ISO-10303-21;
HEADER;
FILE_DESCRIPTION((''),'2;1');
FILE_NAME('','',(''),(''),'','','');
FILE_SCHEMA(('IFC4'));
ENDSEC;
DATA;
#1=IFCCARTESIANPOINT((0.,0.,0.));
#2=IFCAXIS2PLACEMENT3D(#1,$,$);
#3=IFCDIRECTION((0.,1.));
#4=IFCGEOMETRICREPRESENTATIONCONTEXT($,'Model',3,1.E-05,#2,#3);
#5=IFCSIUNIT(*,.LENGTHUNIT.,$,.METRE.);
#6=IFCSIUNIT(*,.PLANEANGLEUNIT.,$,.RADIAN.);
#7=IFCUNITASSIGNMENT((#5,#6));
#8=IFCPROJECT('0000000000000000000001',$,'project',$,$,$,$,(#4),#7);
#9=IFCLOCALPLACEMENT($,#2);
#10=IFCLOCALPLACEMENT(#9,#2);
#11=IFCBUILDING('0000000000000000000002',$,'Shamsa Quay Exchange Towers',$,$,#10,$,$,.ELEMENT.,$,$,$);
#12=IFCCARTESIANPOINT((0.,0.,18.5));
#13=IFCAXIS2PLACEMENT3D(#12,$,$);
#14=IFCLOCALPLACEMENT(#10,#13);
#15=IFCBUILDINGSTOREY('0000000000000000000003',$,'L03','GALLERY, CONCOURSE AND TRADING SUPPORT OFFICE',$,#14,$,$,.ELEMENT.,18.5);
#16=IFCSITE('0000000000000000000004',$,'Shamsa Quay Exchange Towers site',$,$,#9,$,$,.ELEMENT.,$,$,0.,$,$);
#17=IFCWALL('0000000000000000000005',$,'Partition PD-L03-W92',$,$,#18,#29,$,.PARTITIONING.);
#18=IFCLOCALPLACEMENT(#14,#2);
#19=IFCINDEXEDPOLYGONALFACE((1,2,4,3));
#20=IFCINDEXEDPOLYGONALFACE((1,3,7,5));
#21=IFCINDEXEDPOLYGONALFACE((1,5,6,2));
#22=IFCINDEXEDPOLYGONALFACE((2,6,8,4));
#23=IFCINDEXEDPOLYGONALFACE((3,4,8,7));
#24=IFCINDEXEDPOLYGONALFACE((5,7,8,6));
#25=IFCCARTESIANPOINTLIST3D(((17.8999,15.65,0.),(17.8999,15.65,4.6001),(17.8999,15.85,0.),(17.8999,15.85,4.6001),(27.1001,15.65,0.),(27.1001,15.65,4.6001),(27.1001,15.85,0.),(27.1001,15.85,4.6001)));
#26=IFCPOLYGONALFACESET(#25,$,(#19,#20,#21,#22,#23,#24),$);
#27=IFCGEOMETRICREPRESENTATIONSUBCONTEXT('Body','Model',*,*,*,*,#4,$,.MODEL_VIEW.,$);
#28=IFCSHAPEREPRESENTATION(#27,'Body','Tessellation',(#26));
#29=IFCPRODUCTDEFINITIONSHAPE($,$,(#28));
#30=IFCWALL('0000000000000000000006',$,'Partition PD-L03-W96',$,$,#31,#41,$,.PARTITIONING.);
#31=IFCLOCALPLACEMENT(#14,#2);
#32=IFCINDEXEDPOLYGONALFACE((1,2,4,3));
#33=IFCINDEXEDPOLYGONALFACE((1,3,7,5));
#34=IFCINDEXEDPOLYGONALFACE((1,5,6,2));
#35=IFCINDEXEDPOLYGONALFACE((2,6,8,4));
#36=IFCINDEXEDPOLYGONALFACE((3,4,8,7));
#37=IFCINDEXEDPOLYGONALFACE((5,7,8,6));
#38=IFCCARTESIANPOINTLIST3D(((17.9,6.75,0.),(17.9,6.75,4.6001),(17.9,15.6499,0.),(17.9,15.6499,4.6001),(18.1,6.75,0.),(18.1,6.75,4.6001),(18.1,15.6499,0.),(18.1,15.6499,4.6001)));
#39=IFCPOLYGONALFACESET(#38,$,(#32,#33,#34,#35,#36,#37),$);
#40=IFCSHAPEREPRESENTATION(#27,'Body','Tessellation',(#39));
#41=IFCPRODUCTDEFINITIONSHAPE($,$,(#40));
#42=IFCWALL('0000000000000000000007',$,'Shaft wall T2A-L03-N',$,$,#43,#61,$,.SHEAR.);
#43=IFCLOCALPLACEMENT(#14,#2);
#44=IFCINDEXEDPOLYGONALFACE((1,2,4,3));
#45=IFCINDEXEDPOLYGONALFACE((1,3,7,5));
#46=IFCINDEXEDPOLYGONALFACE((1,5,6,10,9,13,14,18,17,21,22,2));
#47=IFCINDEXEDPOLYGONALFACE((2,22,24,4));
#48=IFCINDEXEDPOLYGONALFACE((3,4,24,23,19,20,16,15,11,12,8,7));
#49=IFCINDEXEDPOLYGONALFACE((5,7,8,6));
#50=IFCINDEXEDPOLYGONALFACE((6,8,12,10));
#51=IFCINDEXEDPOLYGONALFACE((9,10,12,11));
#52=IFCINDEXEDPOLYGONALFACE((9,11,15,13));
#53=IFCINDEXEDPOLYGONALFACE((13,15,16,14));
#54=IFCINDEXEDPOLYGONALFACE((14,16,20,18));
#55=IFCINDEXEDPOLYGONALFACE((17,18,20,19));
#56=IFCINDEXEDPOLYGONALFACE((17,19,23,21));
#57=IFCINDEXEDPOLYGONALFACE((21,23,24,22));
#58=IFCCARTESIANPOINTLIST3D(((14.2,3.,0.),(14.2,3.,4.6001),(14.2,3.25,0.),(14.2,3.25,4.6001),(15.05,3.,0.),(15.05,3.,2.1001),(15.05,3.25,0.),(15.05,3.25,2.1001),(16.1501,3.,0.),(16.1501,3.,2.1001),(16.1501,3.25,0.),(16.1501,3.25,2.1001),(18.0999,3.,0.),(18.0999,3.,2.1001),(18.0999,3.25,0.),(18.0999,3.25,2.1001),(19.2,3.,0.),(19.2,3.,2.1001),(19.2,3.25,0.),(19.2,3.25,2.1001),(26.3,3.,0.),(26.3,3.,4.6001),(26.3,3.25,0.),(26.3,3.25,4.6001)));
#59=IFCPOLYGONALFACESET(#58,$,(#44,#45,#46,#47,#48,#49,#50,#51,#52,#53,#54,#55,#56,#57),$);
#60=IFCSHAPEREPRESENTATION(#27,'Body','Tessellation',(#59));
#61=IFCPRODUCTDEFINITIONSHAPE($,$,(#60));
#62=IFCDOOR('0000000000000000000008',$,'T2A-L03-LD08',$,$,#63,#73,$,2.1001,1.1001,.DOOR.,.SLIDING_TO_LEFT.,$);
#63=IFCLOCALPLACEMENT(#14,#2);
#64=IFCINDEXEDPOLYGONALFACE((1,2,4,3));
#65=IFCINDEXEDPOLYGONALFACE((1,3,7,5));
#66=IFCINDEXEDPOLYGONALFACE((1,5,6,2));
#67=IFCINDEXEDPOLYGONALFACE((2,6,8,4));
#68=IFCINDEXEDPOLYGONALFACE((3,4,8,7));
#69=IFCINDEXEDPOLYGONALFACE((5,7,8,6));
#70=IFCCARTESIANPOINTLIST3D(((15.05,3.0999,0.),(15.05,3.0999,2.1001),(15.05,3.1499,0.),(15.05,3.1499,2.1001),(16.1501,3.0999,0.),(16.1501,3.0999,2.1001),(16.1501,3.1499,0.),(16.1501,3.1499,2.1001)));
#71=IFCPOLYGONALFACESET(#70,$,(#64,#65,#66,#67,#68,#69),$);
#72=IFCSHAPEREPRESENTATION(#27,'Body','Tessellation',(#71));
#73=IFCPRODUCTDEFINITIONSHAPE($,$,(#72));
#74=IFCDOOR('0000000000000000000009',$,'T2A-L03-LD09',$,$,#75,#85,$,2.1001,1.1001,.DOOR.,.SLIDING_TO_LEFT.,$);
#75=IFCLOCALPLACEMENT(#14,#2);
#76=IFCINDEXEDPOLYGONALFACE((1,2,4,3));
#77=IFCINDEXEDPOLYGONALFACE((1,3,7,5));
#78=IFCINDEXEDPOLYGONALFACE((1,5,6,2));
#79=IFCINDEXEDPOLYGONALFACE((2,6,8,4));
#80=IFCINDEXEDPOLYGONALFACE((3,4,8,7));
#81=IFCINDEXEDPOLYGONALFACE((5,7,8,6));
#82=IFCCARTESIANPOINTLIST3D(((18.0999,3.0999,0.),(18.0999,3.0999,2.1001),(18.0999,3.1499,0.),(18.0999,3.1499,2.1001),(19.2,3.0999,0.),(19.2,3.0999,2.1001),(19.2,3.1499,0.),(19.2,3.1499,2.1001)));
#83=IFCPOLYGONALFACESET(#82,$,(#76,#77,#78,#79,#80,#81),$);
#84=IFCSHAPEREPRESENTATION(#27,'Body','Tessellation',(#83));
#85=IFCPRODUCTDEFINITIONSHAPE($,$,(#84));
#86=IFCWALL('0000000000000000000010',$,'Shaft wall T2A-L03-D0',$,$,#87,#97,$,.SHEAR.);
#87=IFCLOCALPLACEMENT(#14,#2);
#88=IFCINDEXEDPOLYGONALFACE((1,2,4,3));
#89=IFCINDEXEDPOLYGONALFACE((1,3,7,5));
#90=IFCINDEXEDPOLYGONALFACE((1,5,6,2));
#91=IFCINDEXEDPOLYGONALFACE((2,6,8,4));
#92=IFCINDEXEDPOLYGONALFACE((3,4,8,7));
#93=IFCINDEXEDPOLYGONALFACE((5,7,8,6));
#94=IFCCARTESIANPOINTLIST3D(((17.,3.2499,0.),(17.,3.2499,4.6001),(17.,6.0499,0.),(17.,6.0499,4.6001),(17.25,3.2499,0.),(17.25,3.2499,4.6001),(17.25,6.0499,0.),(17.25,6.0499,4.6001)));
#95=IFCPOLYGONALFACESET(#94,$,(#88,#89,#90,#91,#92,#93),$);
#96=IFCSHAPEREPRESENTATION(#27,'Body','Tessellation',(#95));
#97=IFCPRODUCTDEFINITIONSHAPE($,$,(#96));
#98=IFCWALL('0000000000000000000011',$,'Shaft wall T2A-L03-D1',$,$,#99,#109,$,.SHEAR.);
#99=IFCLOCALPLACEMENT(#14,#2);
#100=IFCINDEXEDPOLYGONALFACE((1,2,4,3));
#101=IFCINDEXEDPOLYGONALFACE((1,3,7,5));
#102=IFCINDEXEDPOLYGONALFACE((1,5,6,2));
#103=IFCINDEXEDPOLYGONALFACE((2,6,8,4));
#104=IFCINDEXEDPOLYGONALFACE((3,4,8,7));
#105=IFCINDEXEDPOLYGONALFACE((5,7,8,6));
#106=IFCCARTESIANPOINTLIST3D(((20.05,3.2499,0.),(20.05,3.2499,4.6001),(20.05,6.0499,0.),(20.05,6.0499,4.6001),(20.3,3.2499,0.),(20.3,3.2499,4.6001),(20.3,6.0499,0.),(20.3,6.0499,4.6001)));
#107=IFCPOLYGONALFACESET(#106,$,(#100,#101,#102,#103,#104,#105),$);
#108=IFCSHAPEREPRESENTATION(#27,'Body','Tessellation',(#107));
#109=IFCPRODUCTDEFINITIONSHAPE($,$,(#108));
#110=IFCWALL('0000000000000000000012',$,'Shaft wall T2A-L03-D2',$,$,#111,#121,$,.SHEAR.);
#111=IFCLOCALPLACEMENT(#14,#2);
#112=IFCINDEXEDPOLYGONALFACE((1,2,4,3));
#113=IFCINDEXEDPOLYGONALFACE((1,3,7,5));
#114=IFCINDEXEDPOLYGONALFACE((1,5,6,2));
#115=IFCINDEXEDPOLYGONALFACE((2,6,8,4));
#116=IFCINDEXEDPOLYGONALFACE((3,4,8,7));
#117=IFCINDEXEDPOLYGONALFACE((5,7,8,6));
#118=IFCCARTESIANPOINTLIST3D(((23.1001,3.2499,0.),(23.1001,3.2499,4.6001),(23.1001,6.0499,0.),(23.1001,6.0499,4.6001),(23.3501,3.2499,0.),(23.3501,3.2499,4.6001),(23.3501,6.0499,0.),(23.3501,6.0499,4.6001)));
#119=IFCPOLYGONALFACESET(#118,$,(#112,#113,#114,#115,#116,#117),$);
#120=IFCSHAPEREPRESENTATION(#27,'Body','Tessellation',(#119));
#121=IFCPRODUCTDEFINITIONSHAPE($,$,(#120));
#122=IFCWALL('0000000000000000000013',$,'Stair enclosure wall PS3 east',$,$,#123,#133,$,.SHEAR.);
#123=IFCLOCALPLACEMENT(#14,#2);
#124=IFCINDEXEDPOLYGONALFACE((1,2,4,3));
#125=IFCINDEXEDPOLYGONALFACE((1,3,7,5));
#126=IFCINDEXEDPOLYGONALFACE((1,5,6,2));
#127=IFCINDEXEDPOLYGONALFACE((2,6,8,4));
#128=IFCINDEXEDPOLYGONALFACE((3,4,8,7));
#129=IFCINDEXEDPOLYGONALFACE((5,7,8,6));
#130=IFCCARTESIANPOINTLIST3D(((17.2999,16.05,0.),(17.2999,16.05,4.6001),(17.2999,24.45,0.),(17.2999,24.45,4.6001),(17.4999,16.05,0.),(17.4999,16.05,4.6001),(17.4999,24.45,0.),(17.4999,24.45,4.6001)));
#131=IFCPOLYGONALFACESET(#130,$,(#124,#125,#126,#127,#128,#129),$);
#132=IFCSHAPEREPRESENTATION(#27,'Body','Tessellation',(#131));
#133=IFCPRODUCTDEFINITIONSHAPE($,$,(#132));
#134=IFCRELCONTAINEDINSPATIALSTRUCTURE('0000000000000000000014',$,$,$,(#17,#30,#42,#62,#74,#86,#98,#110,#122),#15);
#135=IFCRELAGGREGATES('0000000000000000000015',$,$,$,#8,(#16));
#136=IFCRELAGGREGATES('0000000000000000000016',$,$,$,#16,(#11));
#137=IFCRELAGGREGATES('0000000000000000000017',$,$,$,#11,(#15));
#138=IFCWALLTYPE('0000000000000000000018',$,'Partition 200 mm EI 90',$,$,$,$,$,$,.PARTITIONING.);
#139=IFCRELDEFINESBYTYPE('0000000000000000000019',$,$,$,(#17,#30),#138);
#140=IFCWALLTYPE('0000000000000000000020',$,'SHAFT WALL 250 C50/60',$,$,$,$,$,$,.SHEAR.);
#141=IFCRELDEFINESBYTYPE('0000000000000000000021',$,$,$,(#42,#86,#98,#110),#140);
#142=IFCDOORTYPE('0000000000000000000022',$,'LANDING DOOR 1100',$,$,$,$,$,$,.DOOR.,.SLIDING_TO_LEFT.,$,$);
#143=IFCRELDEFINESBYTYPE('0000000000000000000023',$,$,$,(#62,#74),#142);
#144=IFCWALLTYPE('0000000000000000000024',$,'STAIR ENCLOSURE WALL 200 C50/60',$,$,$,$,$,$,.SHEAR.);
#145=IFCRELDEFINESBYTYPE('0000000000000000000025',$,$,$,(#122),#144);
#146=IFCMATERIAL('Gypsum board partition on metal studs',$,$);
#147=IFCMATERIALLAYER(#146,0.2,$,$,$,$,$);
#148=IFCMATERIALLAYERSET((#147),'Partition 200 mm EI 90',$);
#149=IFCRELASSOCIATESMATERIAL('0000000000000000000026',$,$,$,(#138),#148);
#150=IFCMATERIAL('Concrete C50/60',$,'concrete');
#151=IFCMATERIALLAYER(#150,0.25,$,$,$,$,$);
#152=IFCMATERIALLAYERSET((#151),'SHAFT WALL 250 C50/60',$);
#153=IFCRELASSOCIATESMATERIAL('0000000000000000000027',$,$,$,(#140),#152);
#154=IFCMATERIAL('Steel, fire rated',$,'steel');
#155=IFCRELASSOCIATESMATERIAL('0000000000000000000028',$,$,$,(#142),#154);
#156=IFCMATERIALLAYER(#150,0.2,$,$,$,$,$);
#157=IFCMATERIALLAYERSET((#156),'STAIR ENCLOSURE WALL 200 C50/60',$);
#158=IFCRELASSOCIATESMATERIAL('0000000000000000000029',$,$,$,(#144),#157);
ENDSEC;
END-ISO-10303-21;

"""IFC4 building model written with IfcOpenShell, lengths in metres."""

from ifc_helpers import new_model, si_unit, direction, frame, frame_2d, origin, place, context, subcontext, project, spatial, rectangle, extrude, material, layer, layer_set, type_object, element, fill, save


model = new_model("IFC4")

# Units and contexts
model_context = context("Model", 3, precision=1e-05, world=origin(), true_north=direction((0.0, 1.0)))
body_context = subcontext(model_context, "Body", "Model", "MODEL_VIEW")
ifc_project = project(units=[si_unit("LENGTHUNIT", "METRE"), si_unit("PLANEANGLEUNIT", "RADIAN")], contexts=[model_context])

# Site, building, storey
site_placement = place(None, origin())
site = spatial("IfcSite", under=ifc_project, at=site_placement, Name="Shamsa Quay Exchange Towers site", CompositionType="ELEMENT", RefElevation=0.0)
building_placement = place(site_placement, origin())
building = spatial("IfcBuilding", under=site, at=building_placement, Name="Shamsa Quay Exchange Towers", CompositionType="ELEMENT")
storey_placement = place(building_placement, frame((0.0, 0.0, 18.5)))
storey = spatial("IfcBuildingStorey", under=building, at=storey_placement, Name="L03", Description="GALLERY, CONCOURSE AND TRADING SUPPORT OFFICE", CompositionType="ELEMENT", Elevation=18.5)

# Shared definitions
ifc_material_1 = material(Name="Steel, fire rated", Category="steel")

# Shared definitions
ifc_material_2 = material(Name="Gypsum board partition on metal studs")

# Shared definitions
ifc_layer_1 = layer(ifc_material_2, 0.2)
ifc_layer_set_1 = layer_set([ifc_layer_1], Name="Partition 200 mm EI 90")
wall_type_1 = type_object("IfcWallType", Name="Partition 200 mm EI 90", PredefinedType="PARTITIONING", material=ifc_layer_set_1)

# Walls
wall_1_placement = place(storey_placement, frame((17.8999, 15.75, 0.0)))
element("IfcWall", 1, at=wall_1_placement, inside=storey, type_object=wall_type_1, Name="Partition PD-L03-W92", PredefinedType="PARTITIONING", context=body_context, shape_type="SweptSolid", body=[
    extrude(rectangle(XDim=9.2002, YDim=0.2, at=frame_2d((4.6001, 0.0))), origin(), (0.0, 0.0, 1.0), 4.6001),
])
wall_2_placement = place(storey_placement, frame((18.0, 15.6499, 0.0), z_axis=(0.0, 0.0, 1.0), x_axis=(0.0, -1.0, 0.0)))
element("IfcWall", 2, at=wall_2_placement, inside=storey, type_object=wall_type_1, Name="Partition PD-L03-W96", PredefinedType="PARTITIONING", context=body_context, shape_type="SweptSolid", body=[
    extrude(rectangle(XDim=8.8999, YDim=0.2, at=frame_2d((4.45, 0.0))), origin(), (0.0, 0.0, 1.0), 4.6001),
])

# Wall, openings, doors
ifc_material_3 = material(Name="Concrete C50/60", Category="concrete")
ifc_layer_2 = layer(ifc_material_3, 0.25)
ifc_layer_set_2 = layer_set([ifc_layer_2], Name="SHAFT WALL 250 C50/60")
wall_type_2 = type_object("IfcWallType", Name="SHAFT WALL 250 C50/60", PredefinedType="SHEAR", material=ifc_layer_set_2)
wall_3_placement = place(storey_placement, frame((14.2, 3.125, 0.0)))
wall_3 = element("IfcWall", 3, at=wall_3_placement, inside=storey, type_object=wall_type_2, Name="Shaft wall T2A-L03-N", PredefinedType="SHEAR", context=body_context, shape_type="SweptSolid", body=[
    extrude(rectangle(XDim=12.1001, YDim=0.25, at=frame_2d((6.05, 0.0))), origin(), (0.0, 0.0, 1.0), 4.6001),
])
opening_1_placement = place(wall_3_placement, frame((0.8501, 0.0, 0.0)))
opening_1 = element("IfcOpeningElement", 4, at=opening_1_placement, cuts=wall_3, PredefinedType="OPENING", context=body_context, shape_type="SweptSolid", body=[
    extrude(rectangle(XDim=1.1001, YDim=2.1001, at=frame_2d((0.55, 1.05))), frame((0.0, 0.135, 0.0), z_axis=(0.0, -1.0, 0.0), x_axis=(1.0, 0.0, 0.0)), (0.0, 0.0, 1.0), 0.27),
])
opening_2_placement = place(wall_3_placement, frame((3.8999, 0.0, 0.0)))
opening_2 = element("IfcOpeningElement", 5, at=opening_2_placement, cuts=wall_3, PredefinedType="OPENING", context=body_context, shape_type="SweptSolid", body=[
    extrude(rectangle(XDim=1.1001, YDim=2.1001, at=frame_2d((0.55, 1.05))), frame((0.0, 0.135, 0.0), z_axis=(0.0, -1.0, 0.0), x_axis=(1.0, 0.0, 0.0)), (0.0, 0.0, 1.0), 0.27),
])
door_type_1 = type_object("IfcDoorType", Name="LANDING DOOR 1100", OperationType="SLIDING_TO_LEFT", PredefinedType="DOOR", material=ifc_material_1)
door_1_placement = place(opening_1_placement, origin())
door_1 = element("IfcDoor", 6, at=door_1_placement, inside=storey, type_object=door_type_1, Name="T2A-L03-LD08", OperationType="SLIDING_TO_LEFT", OverallHeight=2.1001, OverallWidth=1.1001, PredefinedType="DOOR", context=body_context, shape_type="SweptSolid", body=[
    extrude(rectangle(XDim=1.1001, YDim=2.1001, at=frame_2d((0.55, 1.05))), frame((0.0, 0.0249, 0.0), z_axis=(0.0, -1.0, 0.0), x_axis=(1.0, 0.0, 0.0)), (0.0, 0.0, 1.0), 0.05),
])
fill(opening_1, door_1)
door_2_placement = place(opening_2_placement, origin())
door_2 = element("IfcDoor", 7, at=door_2_placement, inside=storey, type_object=door_type_1, Name="T2A-L03-LD09", OperationType="SLIDING_TO_LEFT", OverallHeight=2.1001, OverallWidth=1.1001, PredefinedType="DOOR", context=body_context, shape_type="SweptSolid", body=[
    extrude(rectangle(XDim=1.1001, YDim=2.1001, at=frame_2d((0.55, 1.05))), frame((0.0, 0.0249, 0.0), z_axis=(0.0, -1.0, 0.0), x_axis=(1.0, 0.0, 0.0)), (0.0, 0.0, 1.0), 0.05),
])
fill(opening_2, door_2)

# Walls
for number, where, z_axis, x_axis, name in (
    (8, (17.125, 3.25, 0.0), (0.0, 0.0, 1.0), (0.0, 1.0, 0.0), "Shaft wall T2A-L03-D0"),
    (9, (20.175, 3.25, 0.0), (0.0, 0.0, 1.0), (0.0, 1.0, 0.0), "Shaft wall T2A-L03-D1"),
    (10, (23.2251, 3.25, 0.0), (0.0, 0.0, 1.0), (0.0, 1.0, 0.0), "Shaft wall T2A-L03-D2"),
):
    element("IfcWall", number, at=place(storey_placement, frame(where, z_axis=z_axis, x_axis=x_axis)), inside=storey, type_object=wall_type_2, Name=name, PredefinedType="SHEAR", context=body_context, shape_type="SweptSolid", body=[
        extrude(rectangle(XDim=2.8, YDim=0.25, at=frame_2d((1.3999, 0.0))), origin(), (0.0, 0.0, 1.0), 4.6001),
    ])
ifc_layer_3 = layer(ifc_material_3, 0.2)
ifc_layer_set_3 = layer_set([ifc_layer_3], Name="STAIR ENCLOSURE WALL 200 C50/60")
wall_type_3 = type_object("IfcWallType", Name="STAIR ENCLOSURE WALL 200 C50/60", PredefinedType="SHEAR", material=ifc_layer_set_3)
wall_4_placement = place(storey_placement, frame((17.3999, 16.05, 0.0), z_axis=(0.0, 0.0, 1.0), x_axis=(0.0, 1.0, 0.0)))
element("IfcWall", 11, at=wall_4_placement, inside=storey, type_object=wall_type_3, Name="Stair enclosure wall PS3 east", PredefinedType="SHEAR", context=body_context, shape_type="SweptSolid", body=[
    extrude(rectangle(XDim=8.3999, YDim=0.2, at=frame_2d((4.2, 0.0))), origin(), (0.0, 0.0, 1.0), 4.6001),
])

save(model, "model.ifc")
